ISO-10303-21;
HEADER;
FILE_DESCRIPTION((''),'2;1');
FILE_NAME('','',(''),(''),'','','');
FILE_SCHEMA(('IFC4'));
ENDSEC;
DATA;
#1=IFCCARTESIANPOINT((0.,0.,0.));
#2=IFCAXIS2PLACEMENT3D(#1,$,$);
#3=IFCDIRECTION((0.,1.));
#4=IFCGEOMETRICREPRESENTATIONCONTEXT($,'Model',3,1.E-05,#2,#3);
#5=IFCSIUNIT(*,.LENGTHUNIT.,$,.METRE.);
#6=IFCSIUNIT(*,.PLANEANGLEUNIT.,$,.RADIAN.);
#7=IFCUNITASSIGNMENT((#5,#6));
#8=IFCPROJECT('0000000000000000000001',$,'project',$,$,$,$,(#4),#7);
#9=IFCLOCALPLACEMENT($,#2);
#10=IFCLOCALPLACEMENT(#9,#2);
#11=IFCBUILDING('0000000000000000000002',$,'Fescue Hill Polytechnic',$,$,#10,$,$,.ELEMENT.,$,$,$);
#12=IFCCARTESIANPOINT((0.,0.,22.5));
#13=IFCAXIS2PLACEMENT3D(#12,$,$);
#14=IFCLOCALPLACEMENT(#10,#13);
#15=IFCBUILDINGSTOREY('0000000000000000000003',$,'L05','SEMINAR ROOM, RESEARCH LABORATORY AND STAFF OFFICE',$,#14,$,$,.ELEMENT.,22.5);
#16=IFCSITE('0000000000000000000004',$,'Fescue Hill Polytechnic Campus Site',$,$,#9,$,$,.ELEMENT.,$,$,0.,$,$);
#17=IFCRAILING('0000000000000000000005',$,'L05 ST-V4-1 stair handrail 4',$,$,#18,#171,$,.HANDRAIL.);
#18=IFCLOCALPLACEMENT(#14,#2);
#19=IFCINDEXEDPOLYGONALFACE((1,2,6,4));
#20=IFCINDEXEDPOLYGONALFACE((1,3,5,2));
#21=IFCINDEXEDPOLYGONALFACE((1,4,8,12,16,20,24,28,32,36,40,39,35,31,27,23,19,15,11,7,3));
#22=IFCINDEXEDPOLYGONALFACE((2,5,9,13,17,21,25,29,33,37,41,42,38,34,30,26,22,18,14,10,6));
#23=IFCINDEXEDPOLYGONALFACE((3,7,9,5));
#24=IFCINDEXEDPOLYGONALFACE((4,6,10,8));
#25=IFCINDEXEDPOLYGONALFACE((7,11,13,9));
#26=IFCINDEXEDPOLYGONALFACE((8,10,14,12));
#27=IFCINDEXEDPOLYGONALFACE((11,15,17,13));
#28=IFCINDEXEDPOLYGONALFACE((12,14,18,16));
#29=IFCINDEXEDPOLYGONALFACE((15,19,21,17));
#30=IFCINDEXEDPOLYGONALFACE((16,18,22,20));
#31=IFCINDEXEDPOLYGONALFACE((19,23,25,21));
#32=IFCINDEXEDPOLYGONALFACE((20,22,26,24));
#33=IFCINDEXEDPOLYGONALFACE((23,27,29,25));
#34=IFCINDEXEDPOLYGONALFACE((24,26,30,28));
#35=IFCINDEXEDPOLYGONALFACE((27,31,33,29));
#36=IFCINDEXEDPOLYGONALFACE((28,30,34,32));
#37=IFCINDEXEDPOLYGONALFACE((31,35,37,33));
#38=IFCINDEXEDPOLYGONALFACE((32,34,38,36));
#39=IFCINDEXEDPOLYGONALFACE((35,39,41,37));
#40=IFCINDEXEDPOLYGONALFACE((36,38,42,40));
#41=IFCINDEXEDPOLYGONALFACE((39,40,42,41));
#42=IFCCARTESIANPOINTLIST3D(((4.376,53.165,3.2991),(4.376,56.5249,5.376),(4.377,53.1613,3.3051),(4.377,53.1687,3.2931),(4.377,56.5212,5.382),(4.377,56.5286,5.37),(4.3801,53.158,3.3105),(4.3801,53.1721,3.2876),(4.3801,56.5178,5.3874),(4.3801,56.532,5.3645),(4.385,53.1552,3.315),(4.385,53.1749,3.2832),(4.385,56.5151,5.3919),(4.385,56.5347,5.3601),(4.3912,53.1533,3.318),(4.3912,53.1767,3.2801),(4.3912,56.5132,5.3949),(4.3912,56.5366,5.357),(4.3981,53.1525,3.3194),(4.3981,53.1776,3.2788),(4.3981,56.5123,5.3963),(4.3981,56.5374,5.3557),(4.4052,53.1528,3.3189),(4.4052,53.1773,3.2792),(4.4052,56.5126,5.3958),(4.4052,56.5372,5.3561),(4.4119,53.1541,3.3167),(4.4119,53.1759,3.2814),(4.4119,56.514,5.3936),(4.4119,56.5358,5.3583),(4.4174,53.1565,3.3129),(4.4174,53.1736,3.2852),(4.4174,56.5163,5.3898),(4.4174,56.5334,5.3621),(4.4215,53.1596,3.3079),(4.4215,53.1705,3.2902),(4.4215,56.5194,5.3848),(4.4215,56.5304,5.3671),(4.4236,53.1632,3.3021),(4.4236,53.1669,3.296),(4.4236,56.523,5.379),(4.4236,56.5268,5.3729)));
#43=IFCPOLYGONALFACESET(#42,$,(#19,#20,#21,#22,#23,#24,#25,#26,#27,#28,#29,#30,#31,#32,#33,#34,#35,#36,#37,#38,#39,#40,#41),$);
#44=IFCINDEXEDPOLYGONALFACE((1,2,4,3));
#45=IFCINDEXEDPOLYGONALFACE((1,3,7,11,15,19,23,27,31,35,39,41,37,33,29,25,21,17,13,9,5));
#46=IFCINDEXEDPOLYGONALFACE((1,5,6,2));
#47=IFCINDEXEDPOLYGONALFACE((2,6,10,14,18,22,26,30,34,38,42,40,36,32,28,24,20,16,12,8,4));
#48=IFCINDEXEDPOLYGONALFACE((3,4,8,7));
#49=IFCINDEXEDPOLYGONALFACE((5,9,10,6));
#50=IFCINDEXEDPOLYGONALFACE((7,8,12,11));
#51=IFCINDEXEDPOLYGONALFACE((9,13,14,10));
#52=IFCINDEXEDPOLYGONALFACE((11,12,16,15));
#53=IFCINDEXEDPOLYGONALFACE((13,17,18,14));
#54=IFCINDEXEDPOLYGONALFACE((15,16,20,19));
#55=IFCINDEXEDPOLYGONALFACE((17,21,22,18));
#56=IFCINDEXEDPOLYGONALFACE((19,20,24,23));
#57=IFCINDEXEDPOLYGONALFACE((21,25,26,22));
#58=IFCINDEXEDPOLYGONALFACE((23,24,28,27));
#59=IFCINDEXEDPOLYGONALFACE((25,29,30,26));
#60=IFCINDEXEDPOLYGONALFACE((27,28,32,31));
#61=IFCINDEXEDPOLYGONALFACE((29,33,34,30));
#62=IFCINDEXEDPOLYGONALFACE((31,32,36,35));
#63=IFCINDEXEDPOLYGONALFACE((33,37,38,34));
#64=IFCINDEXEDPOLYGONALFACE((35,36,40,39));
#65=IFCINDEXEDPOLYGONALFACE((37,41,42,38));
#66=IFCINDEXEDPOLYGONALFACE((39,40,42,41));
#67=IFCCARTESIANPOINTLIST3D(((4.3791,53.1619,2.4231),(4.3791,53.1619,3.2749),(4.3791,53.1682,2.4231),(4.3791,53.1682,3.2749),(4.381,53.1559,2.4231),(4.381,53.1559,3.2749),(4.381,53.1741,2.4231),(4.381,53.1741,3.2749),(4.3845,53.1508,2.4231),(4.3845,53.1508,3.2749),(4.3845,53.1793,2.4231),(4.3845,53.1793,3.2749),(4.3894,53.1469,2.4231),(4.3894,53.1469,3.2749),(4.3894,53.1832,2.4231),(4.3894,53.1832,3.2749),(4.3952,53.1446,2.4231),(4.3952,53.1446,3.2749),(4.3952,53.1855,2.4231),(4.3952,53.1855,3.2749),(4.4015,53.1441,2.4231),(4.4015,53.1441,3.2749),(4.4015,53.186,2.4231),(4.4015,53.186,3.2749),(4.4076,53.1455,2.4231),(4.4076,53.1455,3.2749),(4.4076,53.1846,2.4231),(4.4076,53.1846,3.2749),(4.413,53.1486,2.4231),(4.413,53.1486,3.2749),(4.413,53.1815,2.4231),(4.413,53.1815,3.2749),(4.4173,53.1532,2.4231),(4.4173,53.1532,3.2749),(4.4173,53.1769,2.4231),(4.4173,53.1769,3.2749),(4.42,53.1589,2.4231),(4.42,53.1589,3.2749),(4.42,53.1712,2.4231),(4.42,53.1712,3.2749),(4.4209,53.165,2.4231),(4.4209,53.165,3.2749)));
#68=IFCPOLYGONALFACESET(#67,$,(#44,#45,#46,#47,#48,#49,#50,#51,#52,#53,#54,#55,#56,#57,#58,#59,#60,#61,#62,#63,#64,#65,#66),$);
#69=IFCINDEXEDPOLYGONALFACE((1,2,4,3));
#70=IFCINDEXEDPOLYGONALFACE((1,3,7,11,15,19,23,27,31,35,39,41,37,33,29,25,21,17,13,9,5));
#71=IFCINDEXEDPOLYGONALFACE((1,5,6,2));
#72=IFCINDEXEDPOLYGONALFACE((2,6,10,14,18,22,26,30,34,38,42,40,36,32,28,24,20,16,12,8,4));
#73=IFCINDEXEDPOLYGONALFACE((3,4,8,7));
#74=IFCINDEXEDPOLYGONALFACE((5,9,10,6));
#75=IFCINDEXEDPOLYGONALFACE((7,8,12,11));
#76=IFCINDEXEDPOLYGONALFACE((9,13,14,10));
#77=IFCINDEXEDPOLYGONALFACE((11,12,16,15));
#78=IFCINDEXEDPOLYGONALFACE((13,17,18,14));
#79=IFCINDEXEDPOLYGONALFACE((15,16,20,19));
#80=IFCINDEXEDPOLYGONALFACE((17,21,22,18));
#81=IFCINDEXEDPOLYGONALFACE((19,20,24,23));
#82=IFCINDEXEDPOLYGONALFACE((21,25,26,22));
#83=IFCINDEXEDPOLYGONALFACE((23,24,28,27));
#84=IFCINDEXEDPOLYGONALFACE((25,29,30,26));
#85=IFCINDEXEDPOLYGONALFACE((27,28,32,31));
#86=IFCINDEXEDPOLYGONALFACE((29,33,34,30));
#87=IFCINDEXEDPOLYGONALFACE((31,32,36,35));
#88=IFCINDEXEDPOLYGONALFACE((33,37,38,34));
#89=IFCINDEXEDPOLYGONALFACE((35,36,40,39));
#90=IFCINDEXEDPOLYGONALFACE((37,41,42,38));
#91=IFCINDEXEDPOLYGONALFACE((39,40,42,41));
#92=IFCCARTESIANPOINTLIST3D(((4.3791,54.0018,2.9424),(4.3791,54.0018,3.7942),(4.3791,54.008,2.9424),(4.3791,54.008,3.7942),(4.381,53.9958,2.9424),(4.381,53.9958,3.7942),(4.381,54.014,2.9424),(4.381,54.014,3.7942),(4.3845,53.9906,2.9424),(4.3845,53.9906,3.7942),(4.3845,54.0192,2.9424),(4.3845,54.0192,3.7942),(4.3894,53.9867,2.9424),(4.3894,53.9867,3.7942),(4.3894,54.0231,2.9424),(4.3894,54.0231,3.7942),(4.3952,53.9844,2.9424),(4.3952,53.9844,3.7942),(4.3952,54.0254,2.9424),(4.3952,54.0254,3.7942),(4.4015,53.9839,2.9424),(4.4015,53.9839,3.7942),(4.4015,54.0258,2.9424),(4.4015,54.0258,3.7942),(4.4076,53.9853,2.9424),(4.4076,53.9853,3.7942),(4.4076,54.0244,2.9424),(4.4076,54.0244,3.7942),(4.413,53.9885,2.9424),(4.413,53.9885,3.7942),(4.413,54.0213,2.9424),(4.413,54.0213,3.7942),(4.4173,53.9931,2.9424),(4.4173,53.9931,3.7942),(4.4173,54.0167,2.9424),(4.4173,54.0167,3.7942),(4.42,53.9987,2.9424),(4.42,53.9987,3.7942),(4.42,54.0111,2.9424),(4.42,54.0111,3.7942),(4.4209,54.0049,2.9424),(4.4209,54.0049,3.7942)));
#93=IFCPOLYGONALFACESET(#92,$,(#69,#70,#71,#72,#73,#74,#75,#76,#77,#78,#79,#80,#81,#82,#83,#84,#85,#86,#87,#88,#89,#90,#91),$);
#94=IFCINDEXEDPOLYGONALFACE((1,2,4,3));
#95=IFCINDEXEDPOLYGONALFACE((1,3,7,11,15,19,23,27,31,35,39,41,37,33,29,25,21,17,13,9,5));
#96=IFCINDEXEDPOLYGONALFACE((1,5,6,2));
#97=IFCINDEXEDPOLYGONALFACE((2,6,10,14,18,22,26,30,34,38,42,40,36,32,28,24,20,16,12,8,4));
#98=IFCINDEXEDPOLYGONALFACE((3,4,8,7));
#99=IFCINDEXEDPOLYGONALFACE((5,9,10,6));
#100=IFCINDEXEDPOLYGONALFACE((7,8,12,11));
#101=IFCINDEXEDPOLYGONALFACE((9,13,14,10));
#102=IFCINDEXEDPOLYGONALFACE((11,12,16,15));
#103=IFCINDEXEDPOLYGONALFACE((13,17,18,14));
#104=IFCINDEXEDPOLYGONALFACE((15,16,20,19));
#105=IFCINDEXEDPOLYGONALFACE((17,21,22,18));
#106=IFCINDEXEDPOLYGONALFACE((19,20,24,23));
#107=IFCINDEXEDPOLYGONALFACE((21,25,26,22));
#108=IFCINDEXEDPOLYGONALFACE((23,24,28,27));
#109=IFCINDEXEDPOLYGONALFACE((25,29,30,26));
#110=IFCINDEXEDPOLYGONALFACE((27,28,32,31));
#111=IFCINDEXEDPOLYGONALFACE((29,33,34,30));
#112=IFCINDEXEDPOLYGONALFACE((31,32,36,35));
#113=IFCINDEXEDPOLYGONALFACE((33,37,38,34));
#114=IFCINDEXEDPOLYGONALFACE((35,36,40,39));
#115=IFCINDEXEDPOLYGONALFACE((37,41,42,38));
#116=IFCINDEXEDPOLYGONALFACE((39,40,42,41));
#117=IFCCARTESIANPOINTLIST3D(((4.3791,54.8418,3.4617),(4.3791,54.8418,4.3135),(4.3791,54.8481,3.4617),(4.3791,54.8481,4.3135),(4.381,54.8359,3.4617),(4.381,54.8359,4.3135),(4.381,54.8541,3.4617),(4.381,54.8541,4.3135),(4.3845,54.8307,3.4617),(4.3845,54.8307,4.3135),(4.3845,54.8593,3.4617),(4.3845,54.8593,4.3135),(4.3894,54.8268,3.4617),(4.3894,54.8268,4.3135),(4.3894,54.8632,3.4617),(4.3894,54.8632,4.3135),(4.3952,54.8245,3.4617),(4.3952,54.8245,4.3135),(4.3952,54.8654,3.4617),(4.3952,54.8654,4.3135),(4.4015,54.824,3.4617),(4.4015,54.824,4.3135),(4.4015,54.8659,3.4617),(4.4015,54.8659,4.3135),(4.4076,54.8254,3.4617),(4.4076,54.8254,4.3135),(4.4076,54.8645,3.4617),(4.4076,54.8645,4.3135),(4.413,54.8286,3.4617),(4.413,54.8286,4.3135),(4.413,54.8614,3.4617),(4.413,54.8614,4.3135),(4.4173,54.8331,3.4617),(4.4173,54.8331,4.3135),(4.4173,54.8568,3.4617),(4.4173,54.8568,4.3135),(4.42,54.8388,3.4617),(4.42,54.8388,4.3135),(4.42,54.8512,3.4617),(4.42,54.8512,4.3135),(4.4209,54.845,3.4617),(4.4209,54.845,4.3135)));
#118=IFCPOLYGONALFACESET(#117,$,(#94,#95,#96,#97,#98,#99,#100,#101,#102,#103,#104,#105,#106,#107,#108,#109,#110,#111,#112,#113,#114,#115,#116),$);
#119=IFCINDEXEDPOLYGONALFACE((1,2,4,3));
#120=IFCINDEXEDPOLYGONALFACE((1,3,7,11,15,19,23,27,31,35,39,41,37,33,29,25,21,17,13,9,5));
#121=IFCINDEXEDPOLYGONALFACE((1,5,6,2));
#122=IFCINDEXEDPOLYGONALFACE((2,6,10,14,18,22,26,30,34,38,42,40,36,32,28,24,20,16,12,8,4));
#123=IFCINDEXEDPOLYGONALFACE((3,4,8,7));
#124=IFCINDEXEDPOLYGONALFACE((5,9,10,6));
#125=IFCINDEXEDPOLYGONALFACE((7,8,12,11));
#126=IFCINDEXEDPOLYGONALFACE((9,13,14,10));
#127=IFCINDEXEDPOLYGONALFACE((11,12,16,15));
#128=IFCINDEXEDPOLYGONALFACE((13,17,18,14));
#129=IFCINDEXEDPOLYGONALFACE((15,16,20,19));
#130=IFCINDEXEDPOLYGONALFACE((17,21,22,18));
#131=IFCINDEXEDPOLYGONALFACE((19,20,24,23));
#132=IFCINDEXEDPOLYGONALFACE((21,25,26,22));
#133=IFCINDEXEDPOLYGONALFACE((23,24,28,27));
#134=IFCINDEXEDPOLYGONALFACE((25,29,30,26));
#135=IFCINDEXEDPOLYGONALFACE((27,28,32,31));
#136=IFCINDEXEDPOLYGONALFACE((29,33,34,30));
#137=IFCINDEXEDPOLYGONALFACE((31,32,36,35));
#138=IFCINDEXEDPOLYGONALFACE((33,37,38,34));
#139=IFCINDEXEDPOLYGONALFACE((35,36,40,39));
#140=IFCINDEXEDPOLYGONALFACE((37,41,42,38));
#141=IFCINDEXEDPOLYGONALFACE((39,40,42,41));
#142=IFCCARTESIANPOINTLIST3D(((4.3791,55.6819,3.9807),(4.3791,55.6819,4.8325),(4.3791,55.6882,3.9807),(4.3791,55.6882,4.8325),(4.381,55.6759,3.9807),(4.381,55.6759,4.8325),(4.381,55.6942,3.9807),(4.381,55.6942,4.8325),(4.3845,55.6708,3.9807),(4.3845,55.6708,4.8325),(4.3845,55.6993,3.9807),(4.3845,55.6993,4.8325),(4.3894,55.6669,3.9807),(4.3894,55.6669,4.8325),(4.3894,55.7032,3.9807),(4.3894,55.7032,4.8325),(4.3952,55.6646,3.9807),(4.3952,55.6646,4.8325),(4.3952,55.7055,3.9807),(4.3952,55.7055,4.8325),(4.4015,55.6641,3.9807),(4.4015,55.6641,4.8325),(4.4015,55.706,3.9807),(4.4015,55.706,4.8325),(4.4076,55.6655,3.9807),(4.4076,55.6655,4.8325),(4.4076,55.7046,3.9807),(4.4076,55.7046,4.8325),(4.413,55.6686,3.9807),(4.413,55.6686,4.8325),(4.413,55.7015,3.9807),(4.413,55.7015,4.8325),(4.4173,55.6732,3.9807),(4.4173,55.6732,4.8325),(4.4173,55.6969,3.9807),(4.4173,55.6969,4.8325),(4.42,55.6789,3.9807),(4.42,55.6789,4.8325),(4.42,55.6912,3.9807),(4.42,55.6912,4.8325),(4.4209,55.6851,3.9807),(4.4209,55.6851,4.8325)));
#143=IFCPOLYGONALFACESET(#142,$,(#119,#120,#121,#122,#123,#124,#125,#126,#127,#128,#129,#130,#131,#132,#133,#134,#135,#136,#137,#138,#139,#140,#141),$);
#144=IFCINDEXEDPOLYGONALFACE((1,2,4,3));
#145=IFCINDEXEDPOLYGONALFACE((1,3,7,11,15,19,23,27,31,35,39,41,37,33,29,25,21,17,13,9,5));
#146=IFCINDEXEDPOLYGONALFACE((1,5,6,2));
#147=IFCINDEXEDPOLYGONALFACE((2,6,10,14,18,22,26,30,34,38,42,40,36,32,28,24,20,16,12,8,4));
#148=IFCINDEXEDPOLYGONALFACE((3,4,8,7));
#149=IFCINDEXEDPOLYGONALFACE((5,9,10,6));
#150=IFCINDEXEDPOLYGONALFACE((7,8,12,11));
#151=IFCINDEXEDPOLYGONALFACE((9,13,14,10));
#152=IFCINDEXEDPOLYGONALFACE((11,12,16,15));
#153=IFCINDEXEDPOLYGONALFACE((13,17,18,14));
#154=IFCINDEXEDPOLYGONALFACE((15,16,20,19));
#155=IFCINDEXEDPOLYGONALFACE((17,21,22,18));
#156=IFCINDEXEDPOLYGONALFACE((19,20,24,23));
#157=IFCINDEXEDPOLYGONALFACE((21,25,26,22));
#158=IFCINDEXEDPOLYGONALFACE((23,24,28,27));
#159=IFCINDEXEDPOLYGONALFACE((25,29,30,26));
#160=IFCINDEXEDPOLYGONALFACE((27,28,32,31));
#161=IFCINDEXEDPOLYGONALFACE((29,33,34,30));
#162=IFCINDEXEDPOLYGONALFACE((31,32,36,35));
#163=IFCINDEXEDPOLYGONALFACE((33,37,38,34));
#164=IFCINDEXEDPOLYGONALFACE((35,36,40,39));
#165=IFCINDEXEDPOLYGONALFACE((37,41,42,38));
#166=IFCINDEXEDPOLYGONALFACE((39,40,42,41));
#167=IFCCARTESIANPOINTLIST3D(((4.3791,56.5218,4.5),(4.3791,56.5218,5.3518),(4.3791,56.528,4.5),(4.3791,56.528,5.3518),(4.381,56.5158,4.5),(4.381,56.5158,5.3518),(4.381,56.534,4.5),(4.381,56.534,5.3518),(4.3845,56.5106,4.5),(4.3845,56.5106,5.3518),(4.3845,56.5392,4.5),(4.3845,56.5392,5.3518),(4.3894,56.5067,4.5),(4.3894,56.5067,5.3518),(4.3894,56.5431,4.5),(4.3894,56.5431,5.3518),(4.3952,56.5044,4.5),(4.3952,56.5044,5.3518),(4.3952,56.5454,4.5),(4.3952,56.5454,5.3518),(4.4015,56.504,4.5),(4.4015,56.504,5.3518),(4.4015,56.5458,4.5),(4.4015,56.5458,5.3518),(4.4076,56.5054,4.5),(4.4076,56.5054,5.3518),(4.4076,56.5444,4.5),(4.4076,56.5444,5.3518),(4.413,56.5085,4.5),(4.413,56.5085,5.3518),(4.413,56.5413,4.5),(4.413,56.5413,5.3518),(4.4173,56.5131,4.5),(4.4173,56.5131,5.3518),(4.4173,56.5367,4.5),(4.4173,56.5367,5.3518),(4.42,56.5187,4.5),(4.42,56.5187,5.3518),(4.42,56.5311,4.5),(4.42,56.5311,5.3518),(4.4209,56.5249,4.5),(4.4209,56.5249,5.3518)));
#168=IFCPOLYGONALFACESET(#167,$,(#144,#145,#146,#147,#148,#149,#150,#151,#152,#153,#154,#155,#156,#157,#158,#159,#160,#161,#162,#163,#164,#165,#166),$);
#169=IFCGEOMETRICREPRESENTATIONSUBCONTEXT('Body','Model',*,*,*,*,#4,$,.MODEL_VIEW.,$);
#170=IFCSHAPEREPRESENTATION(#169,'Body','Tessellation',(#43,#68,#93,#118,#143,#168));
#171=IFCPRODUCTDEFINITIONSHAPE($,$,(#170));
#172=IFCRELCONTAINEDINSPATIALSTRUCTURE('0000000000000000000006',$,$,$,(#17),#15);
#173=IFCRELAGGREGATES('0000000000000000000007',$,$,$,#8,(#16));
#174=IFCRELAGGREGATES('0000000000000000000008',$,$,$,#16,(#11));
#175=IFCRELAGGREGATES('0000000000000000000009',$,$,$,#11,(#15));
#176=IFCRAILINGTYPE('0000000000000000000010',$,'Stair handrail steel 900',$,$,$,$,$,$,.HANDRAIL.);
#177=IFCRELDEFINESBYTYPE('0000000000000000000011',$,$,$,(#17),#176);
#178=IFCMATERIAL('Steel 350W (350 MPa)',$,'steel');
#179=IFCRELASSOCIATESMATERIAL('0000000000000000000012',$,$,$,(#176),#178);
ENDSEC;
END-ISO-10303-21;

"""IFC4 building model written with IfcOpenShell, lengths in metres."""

from ifc_helpers import new_model, si_unit, direction, frame, origin, origin_2d, place, context, subcontext, project, spatial, circle, extrude, material, type_object, element, save


model = new_model("IFC4")

# Units and contexts
model_context = context("Model", 3, precision=1e-05, world=origin(), true_north=direction((0.0, 1.0)))
body_context = subcontext(model_context, "Body", "Model", "MODEL_VIEW")
ifc_project = project(units=[si_unit("LENGTHUNIT", "METRE"), si_unit("PLANEANGLEUNIT", "RADIAN")], contexts=[model_context])

# Site, building, storey
site_placement = place(None, origin())
site = spatial("IfcSite", under=ifc_project, at=site_placement, Name="Fescue Hill Polytechnic Campus Site", CompositionType="ELEMENT", RefElevation=0.0)
building_placement = place(site_placement, origin())
building = spatial("IfcBuilding", under=site, at=building_placement, Name="Fescue Hill Polytechnic", CompositionType="ELEMENT")
storey_placement = place(building_placement, frame((0.0, 0.0, 22.5)))
storey = spatial("IfcBuildingStorey", under=building, at=storey_placement, Name="L05", Description="SEMINAR ROOM, RESEARCH LABORATORY AND STAFF OFFICE", CompositionType="ELEMENT", Elevation=22.5)

# Railing
ifc_material_1 = material(Name="Steel 350W (350 MPa)", Category="steel")
railing_type_1 = type_object("IfcRailingType", Name="Stair handrail steel 900", PredefinedType="HANDRAIL", material=ifc_material_1)
railing_1_placement = place(storey_placement, frame((4.3999, 53.165, 2.4231)))
element("IfcRailing", 1, at=railing_1_placement, inside=storey, type_object=railing_type_1, Name="L05 ST-V4-1 stair handrail 4", PredefinedType="HANDRAIL", context=body_context, shape_type="SweptSolid", body=[
    extrude(circle(Radius=0.0239, at=origin_2d()), frame((0.0, 0.0, 0.876), z_axis=(0.0, 0.850606, 0.525803), x_axis=(-1.0, 0.0, 0.0)), (0.0, 0.0, 1.0), 3.95),
    extrude(circle(Radius=0.021, at=origin_2d()), origin(), (0.0, 0.0, 1.0), 0.8518),
    extrude(circle(Radius=0.021, at=origin_2d()), frame((0.0, 0.8398, 0.5193)), (0.0, 0.0, 1.0), 0.8518),
    extrude(circle(Radius=0.021, at=origin_2d()), frame((0.0, 1.6799, 1.0386)), (0.0, 0.0, 1.0), 0.8518),
    extrude(circle(Radius=0.021, at=origin_2d()), frame((0.0, 2.52, 1.5576)), (0.0, 0.0, 1.0), 0.8518),
    extrude(circle(Radius=0.021, at=origin_2d()), frame((0.0, 3.3599, 2.0769)), (0.0, 0.0, 1.0), 0.8518),
])

save(model, "model.ifc")
